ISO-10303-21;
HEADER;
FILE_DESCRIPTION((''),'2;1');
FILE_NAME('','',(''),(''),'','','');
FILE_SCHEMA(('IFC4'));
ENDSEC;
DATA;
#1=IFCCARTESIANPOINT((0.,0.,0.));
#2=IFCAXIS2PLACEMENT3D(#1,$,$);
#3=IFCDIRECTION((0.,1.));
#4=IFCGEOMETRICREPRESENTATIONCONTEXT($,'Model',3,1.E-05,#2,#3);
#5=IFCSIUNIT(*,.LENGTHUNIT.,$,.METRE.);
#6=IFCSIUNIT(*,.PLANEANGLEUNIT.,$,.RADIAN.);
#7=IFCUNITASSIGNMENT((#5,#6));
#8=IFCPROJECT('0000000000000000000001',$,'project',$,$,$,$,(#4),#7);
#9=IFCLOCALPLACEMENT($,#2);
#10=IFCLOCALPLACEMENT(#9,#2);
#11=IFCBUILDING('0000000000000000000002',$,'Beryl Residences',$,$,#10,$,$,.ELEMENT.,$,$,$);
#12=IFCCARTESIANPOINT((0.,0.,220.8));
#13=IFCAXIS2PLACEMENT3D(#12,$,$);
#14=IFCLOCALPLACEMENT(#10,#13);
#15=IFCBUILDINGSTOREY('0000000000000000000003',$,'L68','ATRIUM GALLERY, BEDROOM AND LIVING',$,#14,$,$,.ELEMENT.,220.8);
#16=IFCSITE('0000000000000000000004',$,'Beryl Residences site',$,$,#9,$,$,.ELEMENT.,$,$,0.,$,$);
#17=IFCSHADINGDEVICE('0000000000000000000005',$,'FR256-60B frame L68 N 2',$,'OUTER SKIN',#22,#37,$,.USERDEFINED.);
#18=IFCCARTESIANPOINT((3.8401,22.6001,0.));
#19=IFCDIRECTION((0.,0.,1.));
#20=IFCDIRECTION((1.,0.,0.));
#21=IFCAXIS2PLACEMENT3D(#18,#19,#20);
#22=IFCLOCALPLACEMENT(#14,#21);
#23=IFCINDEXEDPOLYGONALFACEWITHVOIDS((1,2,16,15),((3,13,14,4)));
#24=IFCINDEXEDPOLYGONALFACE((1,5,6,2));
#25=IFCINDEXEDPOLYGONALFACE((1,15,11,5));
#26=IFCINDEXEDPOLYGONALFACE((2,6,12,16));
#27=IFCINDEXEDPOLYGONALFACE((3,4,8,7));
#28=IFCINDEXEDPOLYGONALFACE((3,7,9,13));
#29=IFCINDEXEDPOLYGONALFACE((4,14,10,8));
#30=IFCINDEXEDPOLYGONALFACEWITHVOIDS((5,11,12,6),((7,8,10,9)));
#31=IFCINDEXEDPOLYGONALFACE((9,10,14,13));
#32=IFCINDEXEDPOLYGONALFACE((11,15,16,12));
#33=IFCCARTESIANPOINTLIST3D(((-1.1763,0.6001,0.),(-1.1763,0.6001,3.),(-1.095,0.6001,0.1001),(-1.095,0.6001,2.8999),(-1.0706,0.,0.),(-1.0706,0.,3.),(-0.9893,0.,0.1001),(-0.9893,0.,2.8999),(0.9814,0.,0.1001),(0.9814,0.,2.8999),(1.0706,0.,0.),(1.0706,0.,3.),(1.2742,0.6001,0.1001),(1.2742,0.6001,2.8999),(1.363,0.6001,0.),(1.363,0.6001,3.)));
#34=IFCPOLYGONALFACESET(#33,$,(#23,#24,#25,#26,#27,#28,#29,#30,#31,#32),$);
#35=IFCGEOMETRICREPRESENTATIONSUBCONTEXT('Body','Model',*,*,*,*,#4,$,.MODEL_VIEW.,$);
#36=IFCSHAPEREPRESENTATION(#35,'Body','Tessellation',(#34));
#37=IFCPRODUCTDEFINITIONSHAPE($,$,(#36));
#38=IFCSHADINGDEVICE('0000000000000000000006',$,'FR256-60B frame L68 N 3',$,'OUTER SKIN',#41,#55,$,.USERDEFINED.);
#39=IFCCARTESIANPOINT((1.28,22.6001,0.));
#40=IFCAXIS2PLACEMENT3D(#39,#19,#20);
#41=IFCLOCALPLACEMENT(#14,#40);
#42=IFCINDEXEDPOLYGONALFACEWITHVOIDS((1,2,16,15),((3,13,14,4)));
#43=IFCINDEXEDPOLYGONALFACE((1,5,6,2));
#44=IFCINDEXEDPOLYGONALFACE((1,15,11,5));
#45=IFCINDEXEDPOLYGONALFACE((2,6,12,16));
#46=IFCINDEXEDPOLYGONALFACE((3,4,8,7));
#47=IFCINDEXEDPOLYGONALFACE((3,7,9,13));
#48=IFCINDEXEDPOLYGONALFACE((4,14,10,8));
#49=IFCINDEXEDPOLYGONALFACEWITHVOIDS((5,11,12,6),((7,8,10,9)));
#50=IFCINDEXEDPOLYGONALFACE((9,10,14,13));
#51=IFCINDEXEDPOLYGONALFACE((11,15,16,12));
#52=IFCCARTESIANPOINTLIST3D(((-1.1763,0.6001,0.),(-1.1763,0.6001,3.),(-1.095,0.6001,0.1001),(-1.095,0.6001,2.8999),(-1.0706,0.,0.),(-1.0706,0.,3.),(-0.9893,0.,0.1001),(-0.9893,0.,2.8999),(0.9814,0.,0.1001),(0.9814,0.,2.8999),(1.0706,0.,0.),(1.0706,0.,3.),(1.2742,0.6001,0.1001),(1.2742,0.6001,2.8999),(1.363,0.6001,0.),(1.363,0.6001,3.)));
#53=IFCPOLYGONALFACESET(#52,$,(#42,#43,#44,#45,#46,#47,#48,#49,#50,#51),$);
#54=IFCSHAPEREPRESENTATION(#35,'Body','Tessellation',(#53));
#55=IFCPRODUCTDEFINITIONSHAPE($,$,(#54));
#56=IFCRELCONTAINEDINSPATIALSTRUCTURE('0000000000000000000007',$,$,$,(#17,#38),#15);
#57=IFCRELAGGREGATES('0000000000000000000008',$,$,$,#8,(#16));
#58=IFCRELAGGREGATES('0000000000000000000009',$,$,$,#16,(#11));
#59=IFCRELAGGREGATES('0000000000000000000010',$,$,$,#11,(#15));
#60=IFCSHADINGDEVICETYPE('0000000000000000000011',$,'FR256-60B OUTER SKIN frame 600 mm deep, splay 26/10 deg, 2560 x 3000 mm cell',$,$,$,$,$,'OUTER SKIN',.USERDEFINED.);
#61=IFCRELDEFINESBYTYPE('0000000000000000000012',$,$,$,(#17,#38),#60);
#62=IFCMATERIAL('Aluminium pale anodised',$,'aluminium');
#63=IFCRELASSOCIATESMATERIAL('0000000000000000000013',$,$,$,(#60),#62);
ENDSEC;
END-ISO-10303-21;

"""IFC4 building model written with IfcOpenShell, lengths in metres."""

from ifc_helpers import new_model, entity, si_unit, direction, frame, origin, place, context, subcontext, project, spatial, source, transform, mapped, material, type_object, type_shapes, element, save


model = new_model("IFC4")

# Units and contexts
model_context = context("Model", 3, precision=1e-05, world=origin(), true_north=direction((0.0, 1.0)))
body_context = subcontext(model_context, "Body", "Model", "MODEL_VIEW")
ifc_project = project(units=[si_unit("LENGTHUNIT", "METRE"), si_unit("PLANEANGLEUNIT", "RADIAN")], contexts=[model_context])

# Site, building, storey
site_placement = place(None, origin())
site = spatial("IfcSite", under=ifc_project, at=site_placement, Name="Beryl Residences site", CompositionType="ELEMENT", RefElevation=0.0)
building_placement = place(site_placement, origin())
building = spatial("IfcBuilding", under=site, at=building_placement, Name="Beryl Residences", CompositionType="ELEMENT")
storey_placement = place(building_placement, frame((0.0, 0.0, 220.8)))
storey = spatial("IfcBuildingStorey", under=building, at=storey_placement, Name="L68", Description="ATRIUM GALLERY, BEDROOM AND LIVING", CompositionType="ELEMENT", Elevation=220.8)

# Shading devices
ifc_material_1 = material(Name="Aluminium pale anodised", Category="aluminium")
shading_device_type = type_object("IfcShadingDeviceType", Name="FR256-60B OUTER SKIN frame 600 mm deep, splay 26/10 deg, 2560 x 3000 mm cell", ElementType="OUTER SKIN", PredefinedType="USERDEFINED", material=ifc_material_1)
cartesian_point_1 = entity("IfcCartesianPoint", [-1.0706, 0.0])
cartesian_point_2 = entity("IfcCartesianPoint", [-0.9814, 0.1001])
cartesian_point_3 = entity("IfcCartesianPoint", [-1.363, 0.0])
cartesian_point_4 = entity("IfcCartesianPoint", [-1.2742, 0.1001])
shared_shape = source(origin(), body_context, "Body", "SweptSolid", [
    entity("IfcExtrudedAreaSolidTapered", entity("IfcArbitraryProfileDefWithVoids", "AREA", None, entity("IfcPolyline", [cartesian_point_1, entity("IfcCartesianPoint", [1.0706, 0.0]), entity("IfcCartesianPoint", [1.0706, 3.0]), entity("IfcCartesianPoint", [-1.0706, 3.0]), cartesian_point_1]), [entity("IfcPolyline", [cartesian_point_2, entity("IfcCartesianPoint", [0.9893, 0.1001]), entity("IfcCartesianPoint", [0.9893, 2.8999]), entity("IfcCartesianPoint", [-0.9814, 2.8999]), cartesian_point_2])]), entity("IfcAxis2Placement3D", entity("IfcCartesianPoint", [0.0, 0.0, 0.0]), entity("IfcDirection", [0.0, 1.0, 0.0]), entity("IfcDirection", [-1.0, 0.0, 0.0])), entity("IfcDirection", [0.0, 0.0, 1.0]), 0.6001, entity("IfcArbitraryProfileDefWithVoids", "AREA", None, entity("IfcPolyline", [cartesian_point_3, entity("IfcCartesianPoint", [1.1763, 0.0]), entity("IfcCartesianPoint", [1.1763, 3.0]), entity("IfcCartesianPoint", [-1.363, 3.0]), cartesian_point_3]), [entity("IfcPolyline", [cartesian_point_4, entity("IfcCartesianPoint", [1.095, 0.1001]), entity("IfcCartesianPoint", [1.095, 2.8999]), entity("IfcCartesianPoint", [-1.2742, 2.8999]), cartesian_point_4])])),
])
type_shapes(shading_device_type, [shared_shape])
for number, where, z_axis, x_axis, name in (
    (1, (3.8401, 22.6001, 0.0), (0.0, 0.0, 1.0), (1.0, 0.0, 0.0), "FR256-60B frame L68 N 2"),
    (2, (1.28, 22.6001, 0.0), (0.0, 0.0, 1.0), (1.0, 0.0, 0.0), "FR256-60B frame L68 N 3"),
):
    element("IfcShadingDevice", number, at=place(storey_placement, frame(where, z_axis=z_axis, x_axis=x_axis)), inside=storey, type_object=shading_device_type, Name=name, ObjectType="OUTER SKIN", PredefinedType="USERDEFINED", context=body_context, shape_type="MappedRepresentation", body=[
        mapped(shared_shape, transform((0.0, 0.0, 0.0))),
    ])

save(model, "model.ifc")
